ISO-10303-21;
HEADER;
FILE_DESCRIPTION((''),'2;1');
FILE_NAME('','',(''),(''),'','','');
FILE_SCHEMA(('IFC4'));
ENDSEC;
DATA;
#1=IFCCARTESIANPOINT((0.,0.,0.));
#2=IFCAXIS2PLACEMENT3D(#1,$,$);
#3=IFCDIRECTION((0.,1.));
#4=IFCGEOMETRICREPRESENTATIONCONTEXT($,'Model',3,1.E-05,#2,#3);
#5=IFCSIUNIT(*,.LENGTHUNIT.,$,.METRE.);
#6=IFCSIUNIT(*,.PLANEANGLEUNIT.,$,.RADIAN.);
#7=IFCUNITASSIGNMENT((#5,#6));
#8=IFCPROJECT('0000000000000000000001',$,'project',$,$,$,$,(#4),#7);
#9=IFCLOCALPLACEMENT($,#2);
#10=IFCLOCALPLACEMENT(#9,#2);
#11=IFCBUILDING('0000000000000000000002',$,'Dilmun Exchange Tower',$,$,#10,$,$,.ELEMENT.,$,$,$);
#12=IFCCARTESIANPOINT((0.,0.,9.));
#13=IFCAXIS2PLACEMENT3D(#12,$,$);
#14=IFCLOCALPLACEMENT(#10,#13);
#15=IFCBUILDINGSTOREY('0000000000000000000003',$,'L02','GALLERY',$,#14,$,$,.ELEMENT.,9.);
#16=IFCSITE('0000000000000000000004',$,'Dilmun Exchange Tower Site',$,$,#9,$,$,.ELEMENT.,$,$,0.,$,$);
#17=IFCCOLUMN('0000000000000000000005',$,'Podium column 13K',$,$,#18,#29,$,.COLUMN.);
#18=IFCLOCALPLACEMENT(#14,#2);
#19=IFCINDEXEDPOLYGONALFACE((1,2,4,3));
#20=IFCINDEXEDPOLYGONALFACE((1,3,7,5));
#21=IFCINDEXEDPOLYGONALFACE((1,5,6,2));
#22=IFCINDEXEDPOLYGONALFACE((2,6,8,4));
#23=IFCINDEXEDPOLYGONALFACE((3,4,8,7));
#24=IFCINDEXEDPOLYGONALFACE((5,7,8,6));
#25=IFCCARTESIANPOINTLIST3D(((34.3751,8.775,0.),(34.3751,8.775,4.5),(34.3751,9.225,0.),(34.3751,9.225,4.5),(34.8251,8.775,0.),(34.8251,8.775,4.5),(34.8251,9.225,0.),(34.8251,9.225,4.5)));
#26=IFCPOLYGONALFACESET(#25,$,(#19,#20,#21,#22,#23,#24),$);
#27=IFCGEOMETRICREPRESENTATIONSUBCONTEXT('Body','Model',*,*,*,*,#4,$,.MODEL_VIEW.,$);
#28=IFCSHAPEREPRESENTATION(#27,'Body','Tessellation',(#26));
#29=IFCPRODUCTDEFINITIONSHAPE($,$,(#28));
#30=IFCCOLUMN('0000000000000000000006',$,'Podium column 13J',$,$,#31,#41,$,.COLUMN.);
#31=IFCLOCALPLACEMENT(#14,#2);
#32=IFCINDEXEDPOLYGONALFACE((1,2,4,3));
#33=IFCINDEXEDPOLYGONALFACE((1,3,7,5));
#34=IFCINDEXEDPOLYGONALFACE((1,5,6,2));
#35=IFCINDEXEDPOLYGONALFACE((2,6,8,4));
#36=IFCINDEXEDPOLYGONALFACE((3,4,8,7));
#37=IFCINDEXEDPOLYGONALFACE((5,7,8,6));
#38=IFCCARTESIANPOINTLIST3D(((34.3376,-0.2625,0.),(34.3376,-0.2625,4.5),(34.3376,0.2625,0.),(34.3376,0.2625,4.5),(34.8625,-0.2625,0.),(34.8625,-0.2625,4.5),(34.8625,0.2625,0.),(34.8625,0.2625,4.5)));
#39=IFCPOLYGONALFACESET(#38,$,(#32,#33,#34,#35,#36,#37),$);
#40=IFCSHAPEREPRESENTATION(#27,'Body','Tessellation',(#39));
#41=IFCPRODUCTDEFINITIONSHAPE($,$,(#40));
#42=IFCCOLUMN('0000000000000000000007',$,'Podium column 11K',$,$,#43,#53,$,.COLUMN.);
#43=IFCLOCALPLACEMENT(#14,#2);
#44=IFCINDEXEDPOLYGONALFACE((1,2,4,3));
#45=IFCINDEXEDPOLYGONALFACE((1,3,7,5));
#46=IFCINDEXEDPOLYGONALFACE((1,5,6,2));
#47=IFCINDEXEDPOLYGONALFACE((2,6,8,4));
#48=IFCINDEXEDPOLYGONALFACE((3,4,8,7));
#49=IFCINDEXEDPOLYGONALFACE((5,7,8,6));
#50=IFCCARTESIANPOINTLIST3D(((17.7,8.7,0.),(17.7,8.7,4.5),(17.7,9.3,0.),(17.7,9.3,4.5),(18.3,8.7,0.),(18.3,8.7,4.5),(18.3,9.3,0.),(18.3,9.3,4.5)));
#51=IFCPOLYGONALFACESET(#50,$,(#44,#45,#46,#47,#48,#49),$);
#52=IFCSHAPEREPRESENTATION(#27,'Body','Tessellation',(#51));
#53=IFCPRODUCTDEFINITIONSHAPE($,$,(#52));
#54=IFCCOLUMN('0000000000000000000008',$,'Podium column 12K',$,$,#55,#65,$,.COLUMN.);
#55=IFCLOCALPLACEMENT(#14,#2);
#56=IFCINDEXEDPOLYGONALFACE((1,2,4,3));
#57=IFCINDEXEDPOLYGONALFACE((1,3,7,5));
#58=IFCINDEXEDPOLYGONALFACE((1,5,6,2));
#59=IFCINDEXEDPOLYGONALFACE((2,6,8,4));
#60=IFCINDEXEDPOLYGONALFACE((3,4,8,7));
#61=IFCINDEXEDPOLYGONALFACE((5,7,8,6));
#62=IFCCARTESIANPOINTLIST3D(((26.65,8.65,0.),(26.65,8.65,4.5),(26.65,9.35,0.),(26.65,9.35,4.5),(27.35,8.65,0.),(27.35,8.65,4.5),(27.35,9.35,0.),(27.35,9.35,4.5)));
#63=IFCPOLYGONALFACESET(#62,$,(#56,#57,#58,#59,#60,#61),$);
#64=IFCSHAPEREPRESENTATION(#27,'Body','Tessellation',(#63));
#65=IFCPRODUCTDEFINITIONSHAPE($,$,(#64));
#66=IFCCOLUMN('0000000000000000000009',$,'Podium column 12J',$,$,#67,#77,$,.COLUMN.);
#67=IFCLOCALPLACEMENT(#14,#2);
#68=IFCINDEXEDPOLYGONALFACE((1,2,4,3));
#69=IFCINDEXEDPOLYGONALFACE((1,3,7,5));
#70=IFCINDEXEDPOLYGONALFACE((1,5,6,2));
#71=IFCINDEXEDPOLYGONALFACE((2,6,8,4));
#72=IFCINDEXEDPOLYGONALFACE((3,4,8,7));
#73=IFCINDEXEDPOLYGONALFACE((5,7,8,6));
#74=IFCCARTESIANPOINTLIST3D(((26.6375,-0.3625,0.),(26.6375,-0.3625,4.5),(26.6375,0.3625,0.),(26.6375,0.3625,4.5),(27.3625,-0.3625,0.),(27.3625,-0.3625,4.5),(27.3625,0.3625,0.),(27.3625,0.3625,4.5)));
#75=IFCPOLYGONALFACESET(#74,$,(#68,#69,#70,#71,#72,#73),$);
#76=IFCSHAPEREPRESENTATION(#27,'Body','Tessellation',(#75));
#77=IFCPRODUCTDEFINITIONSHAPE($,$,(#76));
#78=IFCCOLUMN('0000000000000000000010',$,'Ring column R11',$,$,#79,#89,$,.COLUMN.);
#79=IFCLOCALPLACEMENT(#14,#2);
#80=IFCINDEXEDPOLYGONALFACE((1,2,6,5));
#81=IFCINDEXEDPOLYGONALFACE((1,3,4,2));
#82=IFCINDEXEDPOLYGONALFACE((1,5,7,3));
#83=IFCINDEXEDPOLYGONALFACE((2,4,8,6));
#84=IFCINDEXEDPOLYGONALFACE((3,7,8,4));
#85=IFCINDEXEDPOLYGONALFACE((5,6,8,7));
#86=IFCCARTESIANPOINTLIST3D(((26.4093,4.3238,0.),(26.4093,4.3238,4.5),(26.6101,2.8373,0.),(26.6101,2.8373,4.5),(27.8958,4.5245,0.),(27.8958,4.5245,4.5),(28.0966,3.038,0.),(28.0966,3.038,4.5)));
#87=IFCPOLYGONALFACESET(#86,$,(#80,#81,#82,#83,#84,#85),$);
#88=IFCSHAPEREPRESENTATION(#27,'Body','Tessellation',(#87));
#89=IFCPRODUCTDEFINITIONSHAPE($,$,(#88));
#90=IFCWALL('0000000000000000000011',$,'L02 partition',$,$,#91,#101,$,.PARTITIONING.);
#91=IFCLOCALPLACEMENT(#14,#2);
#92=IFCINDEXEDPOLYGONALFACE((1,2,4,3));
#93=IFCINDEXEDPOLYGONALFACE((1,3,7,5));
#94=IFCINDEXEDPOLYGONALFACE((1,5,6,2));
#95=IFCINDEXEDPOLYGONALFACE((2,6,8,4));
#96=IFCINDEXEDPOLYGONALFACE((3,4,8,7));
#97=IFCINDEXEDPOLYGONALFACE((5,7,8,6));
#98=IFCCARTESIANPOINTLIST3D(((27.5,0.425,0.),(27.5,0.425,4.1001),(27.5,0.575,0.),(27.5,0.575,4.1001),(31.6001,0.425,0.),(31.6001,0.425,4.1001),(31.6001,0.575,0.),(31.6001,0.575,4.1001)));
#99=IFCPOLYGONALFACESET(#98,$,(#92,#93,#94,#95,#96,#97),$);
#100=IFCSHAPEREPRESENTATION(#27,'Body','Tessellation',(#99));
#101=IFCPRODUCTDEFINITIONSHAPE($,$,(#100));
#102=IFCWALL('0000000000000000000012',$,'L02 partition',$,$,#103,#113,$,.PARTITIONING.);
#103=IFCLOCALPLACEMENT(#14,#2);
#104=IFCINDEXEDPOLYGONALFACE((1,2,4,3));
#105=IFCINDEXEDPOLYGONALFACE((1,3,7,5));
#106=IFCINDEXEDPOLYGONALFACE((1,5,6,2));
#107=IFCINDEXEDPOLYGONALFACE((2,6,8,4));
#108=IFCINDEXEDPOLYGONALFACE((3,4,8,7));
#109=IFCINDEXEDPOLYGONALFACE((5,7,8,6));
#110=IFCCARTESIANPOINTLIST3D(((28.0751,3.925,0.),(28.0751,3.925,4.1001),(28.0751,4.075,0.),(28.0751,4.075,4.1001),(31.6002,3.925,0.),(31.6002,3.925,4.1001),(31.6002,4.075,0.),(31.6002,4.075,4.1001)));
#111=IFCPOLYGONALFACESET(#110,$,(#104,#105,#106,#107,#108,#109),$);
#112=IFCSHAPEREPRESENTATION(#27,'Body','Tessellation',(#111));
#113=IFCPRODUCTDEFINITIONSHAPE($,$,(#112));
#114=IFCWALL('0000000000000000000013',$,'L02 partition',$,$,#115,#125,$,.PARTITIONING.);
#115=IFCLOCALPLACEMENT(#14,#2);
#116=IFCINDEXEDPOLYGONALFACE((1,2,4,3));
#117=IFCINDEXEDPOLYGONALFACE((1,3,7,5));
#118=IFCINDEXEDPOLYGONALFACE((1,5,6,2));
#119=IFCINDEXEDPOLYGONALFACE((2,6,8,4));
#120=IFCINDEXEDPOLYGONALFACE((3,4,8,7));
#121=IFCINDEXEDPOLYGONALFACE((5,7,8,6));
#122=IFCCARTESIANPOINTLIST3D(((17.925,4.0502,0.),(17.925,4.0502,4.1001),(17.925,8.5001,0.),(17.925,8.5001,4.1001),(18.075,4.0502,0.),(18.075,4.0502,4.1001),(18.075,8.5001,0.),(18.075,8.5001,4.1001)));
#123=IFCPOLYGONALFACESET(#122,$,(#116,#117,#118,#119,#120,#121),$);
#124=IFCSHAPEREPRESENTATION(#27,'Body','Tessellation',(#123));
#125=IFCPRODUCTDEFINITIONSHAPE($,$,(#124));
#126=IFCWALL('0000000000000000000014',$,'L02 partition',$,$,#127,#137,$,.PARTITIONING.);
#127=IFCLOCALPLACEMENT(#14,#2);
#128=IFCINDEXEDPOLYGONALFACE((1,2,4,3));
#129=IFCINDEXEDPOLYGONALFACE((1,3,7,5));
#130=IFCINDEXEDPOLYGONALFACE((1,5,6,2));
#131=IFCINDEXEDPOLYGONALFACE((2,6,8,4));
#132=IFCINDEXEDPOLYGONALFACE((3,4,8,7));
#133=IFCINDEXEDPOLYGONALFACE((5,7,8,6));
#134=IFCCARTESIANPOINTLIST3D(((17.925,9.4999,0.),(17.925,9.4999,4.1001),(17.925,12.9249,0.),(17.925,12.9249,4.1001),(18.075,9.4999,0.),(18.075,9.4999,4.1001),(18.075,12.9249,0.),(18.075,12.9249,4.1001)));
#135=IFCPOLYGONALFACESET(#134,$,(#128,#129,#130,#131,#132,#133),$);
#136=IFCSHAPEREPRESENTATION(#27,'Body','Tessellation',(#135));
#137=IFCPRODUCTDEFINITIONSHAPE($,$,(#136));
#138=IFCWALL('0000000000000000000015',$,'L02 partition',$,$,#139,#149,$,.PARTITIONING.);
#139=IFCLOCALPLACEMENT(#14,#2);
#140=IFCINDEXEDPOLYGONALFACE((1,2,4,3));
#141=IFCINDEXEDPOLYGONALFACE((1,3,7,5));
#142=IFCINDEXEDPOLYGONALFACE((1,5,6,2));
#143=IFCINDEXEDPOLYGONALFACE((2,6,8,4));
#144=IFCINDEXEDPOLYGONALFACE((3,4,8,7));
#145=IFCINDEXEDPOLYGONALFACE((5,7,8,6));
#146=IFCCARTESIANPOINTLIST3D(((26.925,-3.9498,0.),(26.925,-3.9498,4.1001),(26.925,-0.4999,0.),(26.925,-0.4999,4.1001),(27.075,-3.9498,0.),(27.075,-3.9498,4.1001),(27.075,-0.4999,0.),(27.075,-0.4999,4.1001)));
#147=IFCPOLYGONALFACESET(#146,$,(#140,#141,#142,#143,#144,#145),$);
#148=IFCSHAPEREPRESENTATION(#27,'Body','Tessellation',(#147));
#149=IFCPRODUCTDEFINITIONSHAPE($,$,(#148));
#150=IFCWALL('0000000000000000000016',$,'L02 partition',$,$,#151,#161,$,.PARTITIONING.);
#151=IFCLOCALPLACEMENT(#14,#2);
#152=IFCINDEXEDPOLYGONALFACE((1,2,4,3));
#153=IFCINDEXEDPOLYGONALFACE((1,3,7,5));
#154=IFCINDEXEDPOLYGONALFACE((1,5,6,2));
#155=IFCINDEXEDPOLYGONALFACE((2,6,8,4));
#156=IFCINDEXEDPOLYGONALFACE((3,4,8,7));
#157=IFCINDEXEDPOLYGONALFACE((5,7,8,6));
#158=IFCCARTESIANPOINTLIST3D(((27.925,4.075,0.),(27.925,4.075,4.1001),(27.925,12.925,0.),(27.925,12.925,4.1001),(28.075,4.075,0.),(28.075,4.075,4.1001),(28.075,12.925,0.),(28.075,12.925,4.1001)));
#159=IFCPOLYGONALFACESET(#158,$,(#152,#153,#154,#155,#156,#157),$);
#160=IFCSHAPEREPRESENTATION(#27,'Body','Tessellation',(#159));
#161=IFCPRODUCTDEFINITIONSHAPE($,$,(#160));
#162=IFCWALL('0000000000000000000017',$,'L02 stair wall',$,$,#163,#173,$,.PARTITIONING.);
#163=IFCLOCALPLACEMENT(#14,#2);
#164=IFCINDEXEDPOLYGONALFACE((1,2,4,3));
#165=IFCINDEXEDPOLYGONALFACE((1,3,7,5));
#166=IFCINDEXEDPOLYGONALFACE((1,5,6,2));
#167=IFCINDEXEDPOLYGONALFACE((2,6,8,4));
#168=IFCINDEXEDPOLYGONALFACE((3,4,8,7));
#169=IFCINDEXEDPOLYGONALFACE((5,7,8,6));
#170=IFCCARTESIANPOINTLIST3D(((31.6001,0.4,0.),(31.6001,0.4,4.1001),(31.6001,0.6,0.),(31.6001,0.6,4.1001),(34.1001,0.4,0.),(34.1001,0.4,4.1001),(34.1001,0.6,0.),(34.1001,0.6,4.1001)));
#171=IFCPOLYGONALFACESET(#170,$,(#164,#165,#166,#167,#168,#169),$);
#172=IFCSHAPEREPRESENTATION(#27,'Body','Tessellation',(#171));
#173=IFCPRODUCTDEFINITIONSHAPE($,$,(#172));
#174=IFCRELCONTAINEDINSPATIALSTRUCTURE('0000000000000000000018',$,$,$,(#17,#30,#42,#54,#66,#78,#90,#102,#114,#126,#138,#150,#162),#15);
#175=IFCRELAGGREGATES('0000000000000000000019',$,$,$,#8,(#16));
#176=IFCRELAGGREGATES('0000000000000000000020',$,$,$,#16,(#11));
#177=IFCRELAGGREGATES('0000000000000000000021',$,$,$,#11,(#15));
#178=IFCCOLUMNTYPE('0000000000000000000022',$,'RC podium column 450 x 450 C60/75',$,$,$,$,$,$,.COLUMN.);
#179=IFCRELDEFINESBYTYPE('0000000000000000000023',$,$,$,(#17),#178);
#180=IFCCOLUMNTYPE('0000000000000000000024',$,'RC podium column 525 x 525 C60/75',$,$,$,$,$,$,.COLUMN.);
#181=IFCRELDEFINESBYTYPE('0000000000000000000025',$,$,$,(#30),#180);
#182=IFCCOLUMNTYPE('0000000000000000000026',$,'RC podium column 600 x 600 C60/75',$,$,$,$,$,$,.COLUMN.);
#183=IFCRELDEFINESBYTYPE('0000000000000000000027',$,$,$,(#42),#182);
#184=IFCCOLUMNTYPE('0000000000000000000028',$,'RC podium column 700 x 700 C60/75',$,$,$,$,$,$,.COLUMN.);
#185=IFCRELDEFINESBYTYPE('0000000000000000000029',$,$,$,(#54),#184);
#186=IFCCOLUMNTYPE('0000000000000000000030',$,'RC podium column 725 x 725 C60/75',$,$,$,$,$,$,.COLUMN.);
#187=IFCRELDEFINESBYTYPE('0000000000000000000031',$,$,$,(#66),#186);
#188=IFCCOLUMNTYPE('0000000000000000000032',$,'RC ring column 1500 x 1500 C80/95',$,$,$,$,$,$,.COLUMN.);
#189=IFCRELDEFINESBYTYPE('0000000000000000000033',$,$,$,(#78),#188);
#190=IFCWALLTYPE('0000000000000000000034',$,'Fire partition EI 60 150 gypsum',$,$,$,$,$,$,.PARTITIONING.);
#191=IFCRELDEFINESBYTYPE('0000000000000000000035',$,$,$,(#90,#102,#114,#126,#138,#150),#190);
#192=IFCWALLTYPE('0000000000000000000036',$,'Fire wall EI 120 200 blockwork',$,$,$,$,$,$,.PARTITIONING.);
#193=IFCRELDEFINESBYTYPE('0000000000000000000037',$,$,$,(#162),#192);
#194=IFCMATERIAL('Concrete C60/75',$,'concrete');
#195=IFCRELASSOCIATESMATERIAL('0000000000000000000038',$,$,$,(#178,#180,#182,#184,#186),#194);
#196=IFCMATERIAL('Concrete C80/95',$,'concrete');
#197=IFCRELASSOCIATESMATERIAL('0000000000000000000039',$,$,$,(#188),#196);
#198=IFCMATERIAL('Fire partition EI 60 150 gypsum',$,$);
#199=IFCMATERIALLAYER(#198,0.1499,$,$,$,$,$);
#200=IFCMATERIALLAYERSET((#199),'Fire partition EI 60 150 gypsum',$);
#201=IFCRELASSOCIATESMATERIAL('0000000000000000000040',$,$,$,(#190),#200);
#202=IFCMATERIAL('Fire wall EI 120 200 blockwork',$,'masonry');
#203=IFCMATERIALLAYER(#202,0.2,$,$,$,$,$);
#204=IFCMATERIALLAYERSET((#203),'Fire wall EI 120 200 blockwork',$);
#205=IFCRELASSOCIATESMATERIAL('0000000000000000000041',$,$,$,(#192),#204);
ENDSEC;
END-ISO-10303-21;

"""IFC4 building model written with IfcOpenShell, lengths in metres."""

from ifc_helpers import new_model, si_unit, direction, frame, frame_2d, origin, origin_2d, place, context, subcontext, project, spatial, rectangle, extrude, material, layer, layer_set, material_profile, profile_set, type_object, element, save


model = new_model("IFC4")

# Units and contexts
model_context = context("Model", 3, precision=1e-05, world=origin(), true_north=direction((0.0, 1.0)))
body_context = subcontext(model_context, "Body", "Model", "MODEL_VIEW")
ifc_project = project(units=[si_unit("LENGTHUNIT", "METRE"), si_unit("PLANEANGLEUNIT", "RADIAN")], contexts=[model_context])

# Site, building, storey
site_placement = place(None, origin())
site = spatial("IfcSite", under=ifc_project, at=site_placement, Name="Dilmun Exchange Tower Site", CompositionType="ELEMENT", RefElevation=0.0)
building_placement = place(site_placement, origin())
building = spatial("IfcBuilding", under=site, at=building_placement, Name="Dilmun Exchange Tower", CompositionType="ELEMENT")
storey_placement = place(building_placement, frame((0.0, 0.0, 9.0)))
storey = spatial("IfcBuildingStorey", under=building, at=storey_placement, Name="L02", Description="GALLERY", CompositionType="ELEMENT", Elevation=9.0)

# Columns
ifc_material_1 = material(Name="Concrete C60/75", Category="concrete")
ifc_material_profile_1 = material_profile(ifc_material_1, rectangle(XDim=0.45, YDim=0.45, at=origin_2d()), Name="450 x 450")
ifc_profile_set_1 = profile_set([ifc_material_profile_1], Name="Concrete C60/75")
column_type_1 = type_object("IfcColumnType", Name="RC podium column 450 x 450 C60/75", PredefinedType="COLUMN", material=ifc_profile_set_1)
column_1_placement = place(storey_placement, frame((34.6001, 9.0, 0.0), z_axis=(0.0, 0.0, 1.0), x_axis=(1.0, 0.0, 0.0)))
element("IfcColumn", 1, at=column_1_placement, inside=storey, type_object=column_type_1, Name="Podium column 13K", PredefinedType="COLUMN", context=body_context, shape_type="SweptSolid", body=[
    extrude(rectangle(XDim=0.45, YDim=0.45, at=origin_2d()), origin(), (0.0, 0.0, 1.0), 4.5),
])
ifc_material_profile_2 = material_profile(ifc_material_1, rectangle(XDim=0.5249, YDim=0.5249, at=origin_2d()), Name="525 x 525")
ifc_profile_set_2 = profile_set([ifc_material_profile_2], Name="Concrete C60/75")
column_type_2 = type_object("IfcColumnType", Name="RC podium column 525 x 525 C60/75", PredefinedType="COLUMN", material=ifc_profile_set_2)
column_2_placement = place(storey_placement, frame((34.6001, 0.0, 0.0), z_axis=(0.0, 0.0, 1.0), x_axis=(1.0, 0.0, 0.0)))
element("IfcColumn", 2, at=column_2_placement, inside=storey, type_object=column_type_2, Name="Podium column 13J", PredefinedType="COLUMN", context=body_context, shape_type="SweptSolid", body=[
    extrude(rectangle(XDim=0.5249, YDim=0.5249, at=origin_2d()), origin(), (0.0, 0.0, 1.0), 4.5),
])
ifc_material_profile_3 = material_profile(ifc_material_1, rectangle(XDim=0.6001, YDim=0.6001, at=origin_2d()), Name="600 x 600")
ifc_profile_set_3 = profile_set([ifc_material_profile_3], Name="Concrete C60/75")
column_type_3 = type_object("IfcColumnType", Name="RC podium column 600 x 600 C60/75", PredefinedType="COLUMN", material=ifc_profile_set_3)
column_3_placement = place(storey_placement, frame((18.0, 9.0, 0.0), z_axis=(0.0, 0.0, 1.0), x_axis=(1.0, 0.0, 0.0)))
element("IfcColumn", 3, at=column_3_placement, inside=storey, type_object=column_type_3, Name="Podium column 11K", PredefinedType="COLUMN", context=body_context, shape_type="SweptSolid", body=[
    extrude(rectangle(XDim=0.6001, YDim=0.6001, at=origin_2d()), origin(), (0.0, 0.0, 1.0), 4.5),
])
ifc_material_profile_4 = material_profile(ifc_material_1, rectangle(XDim=0.7, YDim=0.7, at=origin_2d()), Name="700 x 700")
ifc_profile_set_4 = profile_set([ifc_material_profile_4], Name="Concrete C60/75")
column_type_4 = type_object("IfcColumnType", Name="RC podium column 700 x 700 C60/75", PredefinedType="COLUMN", material=ifc_profile_set_4)
column_4_placement = place(storey_placement, frame((27.0, 9.0, 0.0), z_axis=(0.0, 0.0, 1.0), x_axis=(1.0, 0.0, 0.0)))
element("IfcColumn", 4, at=column_4_placement, inside=storey, type_object=column_type_4, Name="Podium column 12K", PredefinedType="COLUMN", context=body_context, shape_type="SweptSolid", body=[
    extrude(rectangle(XDim=0.7, YDim=0.7, at=origin_2d()), origin(), (0.0, 0.0, 1.0), 4.5),
])
ifc_material_profile_5 = material_profile(ifc_material_1, rectangle(XDim=0.7251, YDim=0.7251, at=origin_2d()), Name="725 x 725")
ifc_profile_set_5 = profile_set([ifc_material_profile_5], Name="Concrete C60/75")
column_type_5 = type_object("IfcColumnType", Name="RC podium column 725 x 725 C60/75", PredefinedType="COLUMN", material=ifc_profile_set_5)
column_5_placement = place(storey_placement, frame((27.0, 0.0, 0.0), z_axis=(0.0, 0.0, 1.0), x_axis=(1.0, 0.0, 0.0)))
element("IfcColumn", 5, at=column_5_placement, inside=storey, type_object=column_type_5, Name="Podium column 12J", PredefinedType="COLUMN", context=body_context, shape_type="SweptSolid", body=[
    extrude(rectangle(XDim=0.7251, YDim=0.7251, at=origin_2d()), origin(), (0.0, 0.0, 1.0), 4.5),
])
ifc_material_2 = material(Name="Concrete C80/95", Category="concrete")
ifc_material_profile_6 = material_profile(ifc_material_2, rectangle(XDim=1.5, YDim=1.5, at=origin_2d()), Name="1500 x 1500")
ifc_profile_set_6 = profile_set([ifc_material_profile_6], Name="Concrete C80/95")
column_type_6 = type_object("IfcColumnType", Name="RC ring column 1500 x 1500 C80/95", PredefinedType="COLUMN", material=ifc_profile_set_6)
column_6_placement = place(storey_placement, frame((27.2529, 3.6809, 0.0), z_axis=(0.0, 0.0, 1.0), x_axis=(0.991001, 0.133853, 0.0)))
element("IfcColumn", 6, at=column_6_placement, inside=storey, type_object=column_type_6, Name="Ring column R11", PredefinedType="COLUMN", context=body_context, shape_type="SweptSolid", body=[
    extrude(rectangle(XDim=1.5, YDim=1.5, at=origin_2d()), origin(), (0.0, 0.0, 1.0), 4.5),
])

# Walls
ifc_material_3 = material(Name="Fire partition EI 60 150 gypsum")
ifc_layer_1 = layer(ifc_material_3, 0.1499)
ifc_layer_set_1 = layer_set([ifc_layer_1], Name="Fire partition EI 60 150 gypsum")
wall_type_1 = type_object("IfcWallType", Name="Fire partition EI 60 150 gypsum", PredefinedType="PARTITIONING", material=ifc_layer_set_1)
wall_1_placement = place(storey_placement, frame((27.5, 0.5, 0.0), z_axis=(0.0, 0.0, 1.0), x_axis=(1.0, 0.0, 0.0)))
element("IfcWall", 7, at=wall_1_placement, inside=storey, type_object=wall_type_1, Name="L02 partition", PredefinedType="PARTITIONING", context=body_context, shape_type="SweptSolid", body=[
    extrude(rectangle(XDim=4.1001, YDim=0.1499, at=frame_2d((2.05, 0.0))), origin(), (0.0, 0.0, 1.0), 4.1001),
])
wall_2_placement = place(storey_placement, frame((28.075, 4.0, 0.0), z_axis=(0.0, 0.0, 1.0), x_axis=(1.0, 0.0, 0.0)))
element("IfcWall", 8, at=wall_2_placement, inside=storey, type_object=wall_type_1, Name="L02 partition", PredefinedType="PARTITIONING", context=body_context, shape_type="SweptSolid", body=[
    extrude(rectangle(XDim=3.5251, YDim=0.1499, at=frame_2d((1.7627, 0.0))), origin(), (0.0, 0.0, 1.0), 4.1001),
])
wall_3_placement = place(storey_placement, frame((18.0, 4.05, 0.0), z_axis=(0.0, 0.0, 1.0), x_axis=(0.0, 1.0, 0.0)))
element("IfcWall", 9, at=wall_3_placement, inside=storey, type_object=wall_type_1, Name="L02 partition", PredefinedType="PARTITIONING", context=body_context, shape_type="SweptSolid", body=[
    extrude(rectangle(XDim=4.45, YDim=0.1499, at=frame_2d((2.2251, 0.0))), origin(), (0.0, 0.0, 1.0), 4.1001),
])
wall_4_placement = place(storey_placement, frame((18.0, 9.5, 0.0), z_axis=(0.0, 0.0, 1.0), x_axis=(0.0, 1.0, 0.0)))
element("IfcWall", 10, at=wall_4_placement, inside=storey, type_object=wall_type_1, Name="L02 partition", PredefinedType="PARTITIONING", context=body_context, shape_type="SweptSolid", body=[
    extrude(rectangle(XDim=3.425, YDim=0.1499, at=frame_2d((1.7124, 0.0))), origin(), (0.0, 0.0, 1.0), 4.1001),
])
wall_5_placement = place(storey_placement, frame((27.0, -3.95, 0.0), z_axis=(0.0, 0.0, 1.0), x_axis=(0.0, 1.0, 0.0)))
element("IfcWall", 11, at=wall_5_placement, inside=storey, type_object=wall_type_1, Name="L02 partition", PredefinedType="PARTITIONING", context=body_context, shape_type="SweptSolid", body=[
    extrude(rectangle(XDim=3.45, YDim=0.1499, at=frame_2d((1.7251, 0.0))), origin(), (0.0, 0.0, 1.0), 4.1001),
])
wall_6_placement = place(storey_placement, frame((28.0, 4.075, 0.0), z_axis=(0.0, 0.0, 1.0), x_axis=(0.0, 1.0, 0.0)))
element("IfcWall", 12, at=wall_6_placement, inside=storey, type_object=wall_type_1, Name="L02 partition", PredefinedType="PARTITIONING", context=body_context, shape_type="SweptSolid", body=[
    extrude(rectangle(XDim=8.8501, YDim=0.1499, at=frame_2d((4.425, 0.0))), origin(), (0.0, 0.0, 1.0), 4.1001),
])
ifc_material_4 = material(Name="Fire wall EI 120 200 blockwork", Category="masonry")
ifc_layer_2 = layer(ifc_material_4, 0.2)
ifc_layer_set_2 = layer_set([ifc_layer_2], Name="Fire wall EI 120 200 blockwork")
wall_type_2 = type_object("IfcWallType", Name="Fire wall EI 120 200 blockwork", PredefinedType="PARTITIONING", material=ifc_layer_set_2)
wall_7_placement = place(storey_placement, frame((31.6001, 0.5, 0.0), z_axis=(0.0, 0.0, 1.0), x_axis=(1.0, 0.0, 0.0)))
element("IfcWall", 13, at=wall_7_placement, inside=storey, type_object=wall_type_2, Name="L02 stair wall", PredefinedType="PARTITIONING", context=body_context, shape_type="SweptSolid", body=[
    extrude(rectangle(XDim=2.5, YDim=0.2, at=frame_2d((1.25, 0.0))), origin(), (0.0, 0.0, 1.0), 4.1001),
])

save(model, "model.ifc")
